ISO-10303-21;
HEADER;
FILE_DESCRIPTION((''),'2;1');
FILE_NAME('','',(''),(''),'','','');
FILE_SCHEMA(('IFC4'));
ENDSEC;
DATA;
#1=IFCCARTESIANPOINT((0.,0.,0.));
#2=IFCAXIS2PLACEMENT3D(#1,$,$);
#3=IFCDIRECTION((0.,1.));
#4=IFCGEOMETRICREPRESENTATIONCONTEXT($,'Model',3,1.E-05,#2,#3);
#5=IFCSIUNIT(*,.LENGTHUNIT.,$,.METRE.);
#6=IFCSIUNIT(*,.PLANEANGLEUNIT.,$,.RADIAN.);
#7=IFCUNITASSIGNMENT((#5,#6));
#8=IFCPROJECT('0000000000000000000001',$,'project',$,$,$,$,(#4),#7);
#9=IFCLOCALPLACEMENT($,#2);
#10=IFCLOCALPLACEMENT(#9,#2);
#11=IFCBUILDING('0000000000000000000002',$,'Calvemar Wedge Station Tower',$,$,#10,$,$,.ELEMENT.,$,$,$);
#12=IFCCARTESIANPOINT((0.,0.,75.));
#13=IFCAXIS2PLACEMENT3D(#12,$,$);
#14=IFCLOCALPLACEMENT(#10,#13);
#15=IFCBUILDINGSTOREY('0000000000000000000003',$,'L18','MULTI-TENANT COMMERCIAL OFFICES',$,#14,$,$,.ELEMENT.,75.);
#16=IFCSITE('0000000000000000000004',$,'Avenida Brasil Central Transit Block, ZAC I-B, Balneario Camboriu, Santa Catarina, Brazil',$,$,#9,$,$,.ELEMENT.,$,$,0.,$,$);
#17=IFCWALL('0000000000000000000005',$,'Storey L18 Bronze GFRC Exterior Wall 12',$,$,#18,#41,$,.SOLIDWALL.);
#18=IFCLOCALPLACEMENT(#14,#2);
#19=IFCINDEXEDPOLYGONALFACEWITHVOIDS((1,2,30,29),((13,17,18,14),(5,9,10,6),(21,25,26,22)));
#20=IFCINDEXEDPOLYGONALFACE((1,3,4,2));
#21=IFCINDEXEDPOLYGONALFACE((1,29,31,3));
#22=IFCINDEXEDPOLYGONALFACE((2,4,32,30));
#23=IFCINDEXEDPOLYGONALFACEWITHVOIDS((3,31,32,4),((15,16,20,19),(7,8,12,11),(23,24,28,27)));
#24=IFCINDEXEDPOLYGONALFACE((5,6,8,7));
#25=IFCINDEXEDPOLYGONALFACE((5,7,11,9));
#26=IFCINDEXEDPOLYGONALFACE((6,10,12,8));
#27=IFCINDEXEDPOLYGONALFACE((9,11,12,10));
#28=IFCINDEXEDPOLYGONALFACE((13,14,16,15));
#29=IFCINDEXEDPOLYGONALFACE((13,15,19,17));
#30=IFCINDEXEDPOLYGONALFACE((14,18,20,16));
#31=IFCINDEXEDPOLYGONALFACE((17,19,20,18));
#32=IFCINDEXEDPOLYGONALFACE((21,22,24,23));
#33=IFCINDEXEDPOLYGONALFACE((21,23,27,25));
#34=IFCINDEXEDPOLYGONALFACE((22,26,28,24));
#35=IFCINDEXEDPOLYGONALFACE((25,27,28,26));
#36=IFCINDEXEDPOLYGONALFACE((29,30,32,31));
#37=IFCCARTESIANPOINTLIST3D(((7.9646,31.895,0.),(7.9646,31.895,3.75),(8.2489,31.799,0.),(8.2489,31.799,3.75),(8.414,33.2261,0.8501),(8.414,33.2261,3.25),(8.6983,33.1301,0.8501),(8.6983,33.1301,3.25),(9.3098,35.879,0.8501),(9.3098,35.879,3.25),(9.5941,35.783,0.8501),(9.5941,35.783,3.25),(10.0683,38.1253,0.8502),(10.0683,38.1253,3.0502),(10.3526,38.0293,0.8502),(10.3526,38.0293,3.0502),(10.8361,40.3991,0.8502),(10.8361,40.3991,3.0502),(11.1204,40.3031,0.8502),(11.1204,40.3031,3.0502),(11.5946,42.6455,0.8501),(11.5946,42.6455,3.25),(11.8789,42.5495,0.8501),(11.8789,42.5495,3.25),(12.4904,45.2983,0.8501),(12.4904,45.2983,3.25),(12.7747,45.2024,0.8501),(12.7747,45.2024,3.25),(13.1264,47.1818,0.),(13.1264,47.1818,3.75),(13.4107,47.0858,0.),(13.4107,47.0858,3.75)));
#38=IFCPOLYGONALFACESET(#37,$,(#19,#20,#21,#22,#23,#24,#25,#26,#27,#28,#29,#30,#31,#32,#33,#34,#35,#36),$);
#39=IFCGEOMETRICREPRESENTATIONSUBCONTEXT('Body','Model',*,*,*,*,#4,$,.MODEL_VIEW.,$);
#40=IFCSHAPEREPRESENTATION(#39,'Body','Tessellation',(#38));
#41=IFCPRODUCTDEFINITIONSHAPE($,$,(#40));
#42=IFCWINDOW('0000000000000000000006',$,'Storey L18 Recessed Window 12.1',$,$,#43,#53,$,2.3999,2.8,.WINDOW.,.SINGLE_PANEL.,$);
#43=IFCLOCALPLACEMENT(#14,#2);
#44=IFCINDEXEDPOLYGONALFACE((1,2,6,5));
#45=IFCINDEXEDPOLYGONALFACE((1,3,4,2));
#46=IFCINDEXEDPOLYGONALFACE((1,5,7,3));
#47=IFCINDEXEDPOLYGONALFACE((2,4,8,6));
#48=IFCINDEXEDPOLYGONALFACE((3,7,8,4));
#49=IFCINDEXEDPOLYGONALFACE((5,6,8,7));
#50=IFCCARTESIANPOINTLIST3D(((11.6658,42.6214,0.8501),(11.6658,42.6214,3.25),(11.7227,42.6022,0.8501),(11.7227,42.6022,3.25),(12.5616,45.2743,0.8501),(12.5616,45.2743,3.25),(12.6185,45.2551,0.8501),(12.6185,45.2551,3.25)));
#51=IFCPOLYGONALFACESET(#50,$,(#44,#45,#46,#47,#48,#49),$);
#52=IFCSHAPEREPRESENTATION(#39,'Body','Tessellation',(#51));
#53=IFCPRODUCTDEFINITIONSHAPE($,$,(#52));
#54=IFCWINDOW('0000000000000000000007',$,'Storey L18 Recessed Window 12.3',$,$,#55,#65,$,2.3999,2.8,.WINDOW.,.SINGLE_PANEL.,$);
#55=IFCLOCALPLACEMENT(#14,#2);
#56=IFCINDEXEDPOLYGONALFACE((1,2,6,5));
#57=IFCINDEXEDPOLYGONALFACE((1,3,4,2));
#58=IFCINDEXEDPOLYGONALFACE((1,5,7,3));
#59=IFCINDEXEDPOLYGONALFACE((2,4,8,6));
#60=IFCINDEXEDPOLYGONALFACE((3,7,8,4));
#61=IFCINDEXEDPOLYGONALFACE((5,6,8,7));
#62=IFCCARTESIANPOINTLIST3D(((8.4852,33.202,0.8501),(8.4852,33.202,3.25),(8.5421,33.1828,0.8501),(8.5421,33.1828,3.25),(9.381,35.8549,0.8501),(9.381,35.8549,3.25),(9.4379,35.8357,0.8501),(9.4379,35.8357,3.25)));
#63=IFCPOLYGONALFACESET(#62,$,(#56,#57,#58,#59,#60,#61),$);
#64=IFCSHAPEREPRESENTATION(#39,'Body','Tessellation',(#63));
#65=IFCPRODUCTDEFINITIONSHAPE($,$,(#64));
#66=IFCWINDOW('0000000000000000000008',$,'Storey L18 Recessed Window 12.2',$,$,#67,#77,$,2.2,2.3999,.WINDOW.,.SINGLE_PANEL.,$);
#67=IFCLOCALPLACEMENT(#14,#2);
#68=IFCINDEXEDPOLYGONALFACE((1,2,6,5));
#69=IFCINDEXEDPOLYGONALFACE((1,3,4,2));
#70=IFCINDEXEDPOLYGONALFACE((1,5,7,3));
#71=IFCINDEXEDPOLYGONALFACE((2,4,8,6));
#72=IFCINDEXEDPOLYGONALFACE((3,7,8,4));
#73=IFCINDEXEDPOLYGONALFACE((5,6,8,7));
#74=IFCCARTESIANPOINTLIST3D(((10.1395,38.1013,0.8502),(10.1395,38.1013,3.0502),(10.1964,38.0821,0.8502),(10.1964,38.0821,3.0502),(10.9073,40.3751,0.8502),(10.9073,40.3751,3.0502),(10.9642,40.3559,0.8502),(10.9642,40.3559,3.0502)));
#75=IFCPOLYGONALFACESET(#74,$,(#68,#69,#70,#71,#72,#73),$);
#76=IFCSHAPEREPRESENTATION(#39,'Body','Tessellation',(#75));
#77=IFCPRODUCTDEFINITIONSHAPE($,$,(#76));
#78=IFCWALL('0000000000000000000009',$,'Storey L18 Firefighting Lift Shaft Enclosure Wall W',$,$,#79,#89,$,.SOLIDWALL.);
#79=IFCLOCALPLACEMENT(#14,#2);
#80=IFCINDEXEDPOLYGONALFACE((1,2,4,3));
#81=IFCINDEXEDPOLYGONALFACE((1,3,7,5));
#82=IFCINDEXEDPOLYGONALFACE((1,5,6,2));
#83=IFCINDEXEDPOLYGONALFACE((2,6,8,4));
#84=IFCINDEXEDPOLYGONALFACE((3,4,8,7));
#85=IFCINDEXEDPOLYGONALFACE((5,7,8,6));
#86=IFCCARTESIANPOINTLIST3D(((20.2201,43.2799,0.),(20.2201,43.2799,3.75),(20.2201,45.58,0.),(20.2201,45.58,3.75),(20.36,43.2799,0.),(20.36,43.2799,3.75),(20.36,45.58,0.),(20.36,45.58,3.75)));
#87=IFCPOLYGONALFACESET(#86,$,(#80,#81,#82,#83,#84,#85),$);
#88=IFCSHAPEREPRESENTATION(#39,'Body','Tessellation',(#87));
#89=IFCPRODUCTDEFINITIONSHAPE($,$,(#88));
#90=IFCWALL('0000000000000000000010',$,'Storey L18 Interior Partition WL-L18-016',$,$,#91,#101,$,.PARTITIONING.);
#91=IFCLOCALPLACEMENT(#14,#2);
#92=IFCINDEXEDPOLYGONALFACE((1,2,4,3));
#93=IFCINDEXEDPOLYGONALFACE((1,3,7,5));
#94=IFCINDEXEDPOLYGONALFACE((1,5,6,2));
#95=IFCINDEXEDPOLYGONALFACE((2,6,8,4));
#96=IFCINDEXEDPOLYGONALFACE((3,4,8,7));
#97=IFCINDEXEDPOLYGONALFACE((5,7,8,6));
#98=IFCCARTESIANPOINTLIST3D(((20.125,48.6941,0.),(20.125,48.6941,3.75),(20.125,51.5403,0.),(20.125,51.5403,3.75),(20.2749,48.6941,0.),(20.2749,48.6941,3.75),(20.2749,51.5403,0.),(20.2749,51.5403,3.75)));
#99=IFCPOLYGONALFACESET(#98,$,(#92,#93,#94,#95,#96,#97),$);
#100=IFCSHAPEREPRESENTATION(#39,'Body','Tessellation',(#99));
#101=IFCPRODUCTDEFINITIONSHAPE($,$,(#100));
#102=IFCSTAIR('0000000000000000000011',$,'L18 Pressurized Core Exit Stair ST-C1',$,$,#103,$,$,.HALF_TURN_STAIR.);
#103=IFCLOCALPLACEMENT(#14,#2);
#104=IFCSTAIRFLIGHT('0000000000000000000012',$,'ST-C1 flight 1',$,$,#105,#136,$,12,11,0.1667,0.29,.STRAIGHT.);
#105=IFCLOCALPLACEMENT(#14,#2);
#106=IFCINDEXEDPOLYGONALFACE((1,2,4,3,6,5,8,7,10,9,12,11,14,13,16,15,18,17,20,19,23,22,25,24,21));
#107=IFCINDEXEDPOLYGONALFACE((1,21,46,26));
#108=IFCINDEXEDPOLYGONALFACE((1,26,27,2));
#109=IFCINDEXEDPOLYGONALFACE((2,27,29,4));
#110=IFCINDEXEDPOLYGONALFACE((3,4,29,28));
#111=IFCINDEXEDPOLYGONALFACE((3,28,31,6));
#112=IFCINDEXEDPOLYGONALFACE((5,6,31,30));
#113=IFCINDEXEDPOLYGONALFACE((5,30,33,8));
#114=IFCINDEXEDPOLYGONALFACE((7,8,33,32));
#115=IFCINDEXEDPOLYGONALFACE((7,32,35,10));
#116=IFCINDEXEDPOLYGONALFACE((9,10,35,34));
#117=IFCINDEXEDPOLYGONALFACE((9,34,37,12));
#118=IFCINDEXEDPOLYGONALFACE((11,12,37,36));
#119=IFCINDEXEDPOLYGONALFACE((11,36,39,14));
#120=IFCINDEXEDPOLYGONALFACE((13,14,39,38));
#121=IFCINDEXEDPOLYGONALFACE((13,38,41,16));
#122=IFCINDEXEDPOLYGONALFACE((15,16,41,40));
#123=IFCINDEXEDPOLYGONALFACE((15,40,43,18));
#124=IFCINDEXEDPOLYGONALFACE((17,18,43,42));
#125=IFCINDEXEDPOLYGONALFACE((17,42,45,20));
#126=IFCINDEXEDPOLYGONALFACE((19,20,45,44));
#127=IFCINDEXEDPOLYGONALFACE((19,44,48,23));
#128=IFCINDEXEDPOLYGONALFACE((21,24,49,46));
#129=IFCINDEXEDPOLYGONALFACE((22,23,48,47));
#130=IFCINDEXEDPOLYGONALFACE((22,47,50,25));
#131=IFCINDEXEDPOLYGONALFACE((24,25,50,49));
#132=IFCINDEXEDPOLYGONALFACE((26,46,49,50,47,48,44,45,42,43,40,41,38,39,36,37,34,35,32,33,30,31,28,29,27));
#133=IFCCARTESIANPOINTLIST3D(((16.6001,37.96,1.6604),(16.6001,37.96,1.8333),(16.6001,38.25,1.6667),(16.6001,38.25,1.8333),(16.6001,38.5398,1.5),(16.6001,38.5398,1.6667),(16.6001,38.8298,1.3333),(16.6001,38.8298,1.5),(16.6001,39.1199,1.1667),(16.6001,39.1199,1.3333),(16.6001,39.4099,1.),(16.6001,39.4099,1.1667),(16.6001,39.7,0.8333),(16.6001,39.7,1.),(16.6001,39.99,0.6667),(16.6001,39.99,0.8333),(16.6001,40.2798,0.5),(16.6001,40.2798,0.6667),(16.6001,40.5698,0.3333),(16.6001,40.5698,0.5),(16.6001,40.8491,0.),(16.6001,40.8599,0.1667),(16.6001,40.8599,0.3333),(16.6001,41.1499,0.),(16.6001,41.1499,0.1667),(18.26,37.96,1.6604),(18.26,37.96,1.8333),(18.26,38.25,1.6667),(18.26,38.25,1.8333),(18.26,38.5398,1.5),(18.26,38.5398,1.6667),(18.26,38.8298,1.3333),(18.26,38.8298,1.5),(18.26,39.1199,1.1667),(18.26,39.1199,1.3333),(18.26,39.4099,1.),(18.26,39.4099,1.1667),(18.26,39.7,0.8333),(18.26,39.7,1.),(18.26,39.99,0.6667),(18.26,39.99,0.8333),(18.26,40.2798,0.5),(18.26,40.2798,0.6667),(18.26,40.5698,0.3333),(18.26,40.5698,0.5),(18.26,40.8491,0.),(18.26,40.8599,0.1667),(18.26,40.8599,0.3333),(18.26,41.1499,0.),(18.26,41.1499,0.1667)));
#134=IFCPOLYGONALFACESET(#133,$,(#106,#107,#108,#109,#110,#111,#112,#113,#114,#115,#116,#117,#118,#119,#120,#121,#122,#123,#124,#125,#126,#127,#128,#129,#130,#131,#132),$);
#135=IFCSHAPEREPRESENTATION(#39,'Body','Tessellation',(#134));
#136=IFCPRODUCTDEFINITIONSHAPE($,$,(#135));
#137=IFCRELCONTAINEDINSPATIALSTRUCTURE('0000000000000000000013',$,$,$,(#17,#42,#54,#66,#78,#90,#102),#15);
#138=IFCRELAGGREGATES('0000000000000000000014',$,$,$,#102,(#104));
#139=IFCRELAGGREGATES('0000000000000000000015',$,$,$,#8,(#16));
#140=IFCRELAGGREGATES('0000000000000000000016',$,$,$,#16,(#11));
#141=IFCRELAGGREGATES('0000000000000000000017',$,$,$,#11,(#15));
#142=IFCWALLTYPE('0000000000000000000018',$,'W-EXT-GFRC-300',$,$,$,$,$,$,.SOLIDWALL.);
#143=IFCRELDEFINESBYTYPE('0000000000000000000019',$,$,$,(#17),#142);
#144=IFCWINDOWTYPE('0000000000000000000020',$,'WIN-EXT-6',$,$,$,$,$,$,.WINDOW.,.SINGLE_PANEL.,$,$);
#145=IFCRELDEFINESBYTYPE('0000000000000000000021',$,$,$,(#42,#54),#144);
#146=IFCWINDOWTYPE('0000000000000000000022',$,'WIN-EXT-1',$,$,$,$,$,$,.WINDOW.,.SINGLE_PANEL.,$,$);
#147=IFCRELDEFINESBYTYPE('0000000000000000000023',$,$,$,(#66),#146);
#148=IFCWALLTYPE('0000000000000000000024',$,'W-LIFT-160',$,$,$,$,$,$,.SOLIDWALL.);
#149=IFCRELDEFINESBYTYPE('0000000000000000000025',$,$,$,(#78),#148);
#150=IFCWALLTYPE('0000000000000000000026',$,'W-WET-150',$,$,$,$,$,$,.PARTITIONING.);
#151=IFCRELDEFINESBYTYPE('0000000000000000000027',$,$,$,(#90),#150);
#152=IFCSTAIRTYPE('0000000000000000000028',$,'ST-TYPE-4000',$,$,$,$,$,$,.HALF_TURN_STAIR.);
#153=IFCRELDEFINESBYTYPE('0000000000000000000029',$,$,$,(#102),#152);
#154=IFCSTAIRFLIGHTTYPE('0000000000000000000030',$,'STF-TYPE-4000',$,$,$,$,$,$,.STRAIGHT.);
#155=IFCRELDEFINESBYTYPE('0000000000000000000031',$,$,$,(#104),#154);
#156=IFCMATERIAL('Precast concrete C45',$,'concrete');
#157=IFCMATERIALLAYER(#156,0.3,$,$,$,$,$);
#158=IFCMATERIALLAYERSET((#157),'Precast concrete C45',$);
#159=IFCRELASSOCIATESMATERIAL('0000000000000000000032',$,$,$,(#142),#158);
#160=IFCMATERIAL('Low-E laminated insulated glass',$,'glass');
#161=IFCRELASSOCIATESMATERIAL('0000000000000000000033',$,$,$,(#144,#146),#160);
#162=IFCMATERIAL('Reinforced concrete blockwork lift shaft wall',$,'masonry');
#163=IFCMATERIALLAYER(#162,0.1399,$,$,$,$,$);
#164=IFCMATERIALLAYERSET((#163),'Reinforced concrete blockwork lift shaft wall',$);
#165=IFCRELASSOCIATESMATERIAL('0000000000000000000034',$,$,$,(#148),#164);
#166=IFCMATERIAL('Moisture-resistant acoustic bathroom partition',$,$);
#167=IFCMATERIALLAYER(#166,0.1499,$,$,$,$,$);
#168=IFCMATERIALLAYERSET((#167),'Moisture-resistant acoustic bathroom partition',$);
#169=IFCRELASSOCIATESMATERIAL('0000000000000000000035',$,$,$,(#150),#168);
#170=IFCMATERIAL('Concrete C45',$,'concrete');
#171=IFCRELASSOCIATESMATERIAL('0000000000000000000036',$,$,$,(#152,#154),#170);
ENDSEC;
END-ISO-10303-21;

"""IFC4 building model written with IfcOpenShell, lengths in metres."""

from ifc_helpers import new_model, si_unit, direction, frame, frame_2d, origin, place, context, subcontext, project, spatial, polyline, rectangle, outline, extrude, source, transform, mapped, material, layer, layer_set, type_object, element, fill, aggregate, save


model = new_model("IFC4")

# Units and contexts
model_context = context("Model", 3, precision=1e-05, world=origin(), true_north=direction((0.0, 1.0)))
body_context = subcontext(model_context, "Body", "Model", "MODEL_VIEW")
ifc_project = project(units=[si_unit("LENGTHUNIT", "METRE"), si_unit("PLANEANGLEUNIT", "RADIAN")], contexts=[model_context])

# Site, building, storey
site_placement = place(None, origin())
site = spatial("IfcSite", under=ifc_project, at=site_placement, Name="Avenida Brasil Central Transit Block, ZAC I-B, Balneario Camboriu, Santa Catarina, Brazil", CompositionType="ELEMENT", RefElevation=0.0)
building_placement = place(site_placement, origin())
building = spatial("IfcBuilding", under=site, at=building_placement, Name="Calvemar Wedge Station Tower", CompositionType="ELEMENT")
storey_placement = place(building_placement, frame((0.0, 0.0, 75.0)))
storey = spatial("IfcBuildingStorey", under=building, at=storey_placement, Name="L18", Description="MULTI-TENANT COMMERCIAL OFFICES", CompositionType="ELEMENT", Elevation=75.0)

# Wall, openings, windows
ifc_material_1 = material(Name="Precast concrete C45", Category="concrete")
ifc_layer_1 = layer(ifc_material_1, 0.3)
ifc_layer_set_1 = layer_set([ifc_layer_1], Name="Precast concrete C45")
wall_type_1 = type_object("IfcWallType", Name="W-EXT-GFRC-300", PredefinedType="SOLIDWALL", material=ifc_layer_set_1)
wall_1_placement = place(storey_placement, frame((13.2686, 47.1338, 0.0), z_axis=(0.0, 0.0, 1.0), x_axis=(-0.31992, -0.947444, 0.0)))
wall_1 = element("IfcWall", 1, at=wall_1_placement, inside=storey, type_object=wall_type_1, Name="Storey L18 Bronze GFRC Exterior Wall 12", PredefinedType="SOLIDWALL", context=body_context, shape_type="SweptSolid", body=[
    extrude(rectangle(XDim=16.1348, YDim=0.3, at=frame_2d((8.0674, 0.0))), origin(), (0.0, 0.0, 1.0), 3.75),
])
shared_shape_1 = source(origin(), body_context, "Body", "SweptSolid", [
    extrude(rectangle(XDim=2.8, YDim=2.3999, at=frame_2d((1.3999, 1.2))), frame((0.0, 0.1602, 0.0), z_axis=(0.0, -1.0, 0.0), x_axis=(1.0, 0.0, 0.0)), (0.0, 0.0, 1.0), 0.3201),
])
opening_1_placement = place(wall_1_placement, frame((1.988, 0.0, 0.8501)))
opening_1 = element("IfcOpeningElement", 2, at=opening_1_placement, cuts=wall_1, PredefinedType="OPENING", context=body_context, shape_type="MappedRepresentation", body=[
    mapped(shared_shape_1, transform((0.0, 0.0, 0.0), scale=1.0)),
])
shared_shape_2 = source(origin(), body_context, "Body", "SweptSolid", [
    extrude(rectangle(XDim=2.3999, YDim=2.2, at=frame_2d((1.2, 1.1001))), frame((0.0, 0.1602, 0.0), z_axis=(0.0, -1.0, 0.0), x_axis=(1.0, 0.0, 0.0)), (0.0, 0.0, 1.0), 0.3201),
])
opening_2_placement = place(wall_1_placement, frame((7.1589, 0.0, 0.8501)))
opening_2 = element("IfcOpeningElement", 3, at=opening_2_placement, cuts=wall_1, PredefinedType="OPENING", context=body_context, shape_type="MappedRepresentation", body=[
    mapped(shared_shape_2, transform((0.0, 0.0, 0.0), scale=1.0)),
])
opening_3_placement = place(wall_1_placement, frame((11.9299, 0.0, 0.8501)))
opening_3 = element("IfcOpeningElement", 4, at=opening_3_placement, cuts=wall_1, PredefinedType="OPENING", context=body_context, shape_type="MappedRepresentation", body=[
    mapped(shared_shape_1, transform((0.0, 0.0, 0.0), scale=1.0)),
])
ifc_material_2 = material(Name="Low-E laminated insulated glass", Category="glass")
window_type_1 = type_object("IfcWindowType", Name="WIN-EXT-6", PartitioningType="SINGLE_PANEL", PredefinedType="WINDOW", material=ifc_material_2)
shared_shape_3 = source(origin(), body_context, "Body", "SweptSolid", [
    extrude(rectangle(XDim=2.8, YDim=2.3999, at=frame_2d((1.3999, 1.2))), frame((0.0, -0.0149, 0.0), z_axis=(0.0, -1.0, 0.0), x_axis=(1.0, 0.0, 0.0)), (0.0, 0.0, 1.0), 0.0601),
])
window_1_placement = place(opening_1_placement, origin())
window_1 = element("IfcWindow", 5, at=window_1_placement, inside=storey, type_object=window_type_1, Name="Storey L18 Recessed Window 12.1", OverallHeight=2.3999, OverallWidth=2.8, PartitioningType="SINGLE_PANEL", PredefinedType="WINDOW", context=body_context, shape_type="MappedRepresentation", body=[
    mapped(shared_shape_3, transform((0.0, 0.0, 0.0), scale=1.0)),
])
fill(opening_1, window_1)
window_2_placement = place(opening_3_placement, origin())
window_2 = element("IfcWindow", 6, at=window_2_placement, inside=storey, type_object=window_type_1, Name="Storey L18 Recessed Window 12.3", OverallHeight=2.3999, OverallWidth=2.8, PartitioningType="SINGLE_PANEL", PredefinedType="WINDOW", context=body_context, shape_type="MappedRepresentation", body=[
    mapped(shared_shape_3, transform((0.0, 0.0, 0.0), scale=1.0)),
])
fill(opening_3, window_2)
window_type_2 = type_object("IfcWindowType", Name="WIN-EXT-1", PartitioningType="SINGLE_PANEL", PredefinedType="WINDOW", material=ifc_material_2)
shared_shape_4 = source(origin(), body_context, "Body", "SweptSolid", [
    extrude(rectangle(XDim=2.3999, YDim=2.2, at=frame_2d((1.2, 1.1001))), frame((0.0, -0.0149, 0.0), z_axis=(0.0, -1.0, 0.0), x_axis=(1.0, 0.0, 0.0)), (0.0, 0.0, 1.0), 0.0601),
])
window_3_placement = place(opening_2_placement, origin())
window_3 = element("IfcWindow", 7, at=window_3_placement, inside=storey, type_object=window_type_2, Name="Storey L18 Recessed Window 12.2", OverallHeight=2.2, OverallWidth=2.3999, PartitioningType="SINGLE_PANEL", PredefinedType="WINDOW", context=body_context, shape_type="MappedRepresentation", body=[
    mapped(shared_shape_4, transform((0.0, 0.0, 0.0), scale=1.0)),
])
fill(opening_2, window_3)

# Shared definitions
ifc_material_3 = material(Name="Reinforced concrete blockwork lift shaft wall", Category="masonry")
ifc_layer_2 = layer(ifc_material_3, 0.1399)
ifc_layer_set_2 = layer_set([ifc_layer_2], Name="Reinforced concrete blockwork lift shaft wall")
wall_type_2 = type_object("IfcWallType", Name="W-LIFT-160", PredefinedType="SOLIDWALL", material=ifc_layer_set_2)

# Walls
wall_2_placement = place(storey_placement, frame((20.29, 43.28, 0.0), z_axis=(0.0, 0.0, 1.0), x_axis=(0.0, 1.0, 0.0)))
element("IfcWall", 8, at=wall_2_placement, inside=storey, type_object=wall_type_2, Name="Storey L18 Firefighting Lift Shaft Enclosure Wall W", PredefinedType="SOLIDWALL", context=body_context, shape_type="SweptSolid", body=[
    extrude(rectangle(XDim=2.3, YDim=0.1399, at=frame_2d((1.1499, 0.0))), origin(), (0.0, 0.0, 1.0), 3.75),
])
ifc_material_4 = material(Name="Moisture-resistant acoustic bathroom partition")
ifc_layer_3 = layer(ifc_material_4, 0.1499)
ifc_layer_set_3 = layer_set([ifc_layer_3], Name="Moisture-resistant acoustic bathroom partition")
wall_type_3 = type_object("IfcWallType", Name="W-WET-150", PredefinedType="PARTITIONING", material=ifc_layer_set_3)
wall_3_placement = place(storey_placement, frame((20.2, 51.5403, 0.0), z_axis=(0.0, 0.0, 1.0), x_axis=(0.0, -1.0, 0.0)))
element("IfcWall", 9, at=wall_3_placement, inside=storey, type_object=wall_type_3, Name="Storey L18 Interior Partition WL-L18-016", PredefinedType="PARTITIONING", context=body_context, shape_type="SweptSolid", body=[
    extrude(rectangle(XDim=2.8462, YDim=0.1499, at=frame_2d((1.4231, 0.0))), origin(), (0.0, 0.0, 1.0), 3.75),
])

# Stair, stair flight
ifc_material_5 = material(Name="Concrete C45", Category="concrete")
stair_type = type_object("IfcStairType", Name="ST-TYPE-4000", PredefinedType="HALF_TURN_STAIR", material=ifc_material_5)
stair_placement = place(storey_placement, origin())
stair = element("IfcStair", 10, at=stair_placement, inside=storey, type_object=stair_type, Name="L18 Pressurized Core Exit Stair ST-C1", PredefinedType="HALF_TURN_STAIR")
stair_flight_type = type_object("IfcStairFlightType", Name="STF-TYPE-4000", PredefinedType="STRAIGHT", material=ifc_material_5)
stair_flight_placement = place(storey_placement, frame((17.4299, 41.1499, 0.0), z_axis=(0.0, 0.0, 1.0), x_axis=(0.0, -1.0, 0.0)))
stair_flight = element("IfcStairFlight", 11, at=stair_flight_placement, type_object=stair_flight_type, Name="ST-C1 flight 1", NumberOfRisers=12, NumberOfTreads=11, PredefinedType="STRAIGHT", RiserHeight=0.1667, TreadLength=0.29, context=body_context, shape_type="SweptSolid", body=[
    extrude(outline(polyline([(0.0, 0.0), (0.0, 0.1667), (0.29, 0.1667), (0.29, 0.3333), (0.5801, 0.3333), (0.5801, 0.5), (0.8701, 0.5), (0.8701, 0.6667), (1.1599, 0.6667), (1.1599, 0.8333), (1.45, 0.8333), (1.45, 1.0), (1.74, 1.0), (1.74, 1.1667), (2.03, 1.1667), (2.03, 1.3333), (2.3201, 1.3333), (2.3201, 1.5), (2.6101, 1.5), (2.6101, 1.6667), (2.8999, 1.6667), (2.8999, 1.8333), (3.1899, 1.8333), (3.1899, 2.0), (3.1899, 1.6604), (0.3008, 0.0), (0.0, 0.0)])), frame((0.0, 0.8301, 0.0), z_axis=(0.0, -1.0, 0.0), x_axis=(1.0, 0.0, 0.0)), (0.0, 0.0, 1.0), 1.6599),
])
aggregate(stair, [stair_flight])

save(model, "model.ifc")
